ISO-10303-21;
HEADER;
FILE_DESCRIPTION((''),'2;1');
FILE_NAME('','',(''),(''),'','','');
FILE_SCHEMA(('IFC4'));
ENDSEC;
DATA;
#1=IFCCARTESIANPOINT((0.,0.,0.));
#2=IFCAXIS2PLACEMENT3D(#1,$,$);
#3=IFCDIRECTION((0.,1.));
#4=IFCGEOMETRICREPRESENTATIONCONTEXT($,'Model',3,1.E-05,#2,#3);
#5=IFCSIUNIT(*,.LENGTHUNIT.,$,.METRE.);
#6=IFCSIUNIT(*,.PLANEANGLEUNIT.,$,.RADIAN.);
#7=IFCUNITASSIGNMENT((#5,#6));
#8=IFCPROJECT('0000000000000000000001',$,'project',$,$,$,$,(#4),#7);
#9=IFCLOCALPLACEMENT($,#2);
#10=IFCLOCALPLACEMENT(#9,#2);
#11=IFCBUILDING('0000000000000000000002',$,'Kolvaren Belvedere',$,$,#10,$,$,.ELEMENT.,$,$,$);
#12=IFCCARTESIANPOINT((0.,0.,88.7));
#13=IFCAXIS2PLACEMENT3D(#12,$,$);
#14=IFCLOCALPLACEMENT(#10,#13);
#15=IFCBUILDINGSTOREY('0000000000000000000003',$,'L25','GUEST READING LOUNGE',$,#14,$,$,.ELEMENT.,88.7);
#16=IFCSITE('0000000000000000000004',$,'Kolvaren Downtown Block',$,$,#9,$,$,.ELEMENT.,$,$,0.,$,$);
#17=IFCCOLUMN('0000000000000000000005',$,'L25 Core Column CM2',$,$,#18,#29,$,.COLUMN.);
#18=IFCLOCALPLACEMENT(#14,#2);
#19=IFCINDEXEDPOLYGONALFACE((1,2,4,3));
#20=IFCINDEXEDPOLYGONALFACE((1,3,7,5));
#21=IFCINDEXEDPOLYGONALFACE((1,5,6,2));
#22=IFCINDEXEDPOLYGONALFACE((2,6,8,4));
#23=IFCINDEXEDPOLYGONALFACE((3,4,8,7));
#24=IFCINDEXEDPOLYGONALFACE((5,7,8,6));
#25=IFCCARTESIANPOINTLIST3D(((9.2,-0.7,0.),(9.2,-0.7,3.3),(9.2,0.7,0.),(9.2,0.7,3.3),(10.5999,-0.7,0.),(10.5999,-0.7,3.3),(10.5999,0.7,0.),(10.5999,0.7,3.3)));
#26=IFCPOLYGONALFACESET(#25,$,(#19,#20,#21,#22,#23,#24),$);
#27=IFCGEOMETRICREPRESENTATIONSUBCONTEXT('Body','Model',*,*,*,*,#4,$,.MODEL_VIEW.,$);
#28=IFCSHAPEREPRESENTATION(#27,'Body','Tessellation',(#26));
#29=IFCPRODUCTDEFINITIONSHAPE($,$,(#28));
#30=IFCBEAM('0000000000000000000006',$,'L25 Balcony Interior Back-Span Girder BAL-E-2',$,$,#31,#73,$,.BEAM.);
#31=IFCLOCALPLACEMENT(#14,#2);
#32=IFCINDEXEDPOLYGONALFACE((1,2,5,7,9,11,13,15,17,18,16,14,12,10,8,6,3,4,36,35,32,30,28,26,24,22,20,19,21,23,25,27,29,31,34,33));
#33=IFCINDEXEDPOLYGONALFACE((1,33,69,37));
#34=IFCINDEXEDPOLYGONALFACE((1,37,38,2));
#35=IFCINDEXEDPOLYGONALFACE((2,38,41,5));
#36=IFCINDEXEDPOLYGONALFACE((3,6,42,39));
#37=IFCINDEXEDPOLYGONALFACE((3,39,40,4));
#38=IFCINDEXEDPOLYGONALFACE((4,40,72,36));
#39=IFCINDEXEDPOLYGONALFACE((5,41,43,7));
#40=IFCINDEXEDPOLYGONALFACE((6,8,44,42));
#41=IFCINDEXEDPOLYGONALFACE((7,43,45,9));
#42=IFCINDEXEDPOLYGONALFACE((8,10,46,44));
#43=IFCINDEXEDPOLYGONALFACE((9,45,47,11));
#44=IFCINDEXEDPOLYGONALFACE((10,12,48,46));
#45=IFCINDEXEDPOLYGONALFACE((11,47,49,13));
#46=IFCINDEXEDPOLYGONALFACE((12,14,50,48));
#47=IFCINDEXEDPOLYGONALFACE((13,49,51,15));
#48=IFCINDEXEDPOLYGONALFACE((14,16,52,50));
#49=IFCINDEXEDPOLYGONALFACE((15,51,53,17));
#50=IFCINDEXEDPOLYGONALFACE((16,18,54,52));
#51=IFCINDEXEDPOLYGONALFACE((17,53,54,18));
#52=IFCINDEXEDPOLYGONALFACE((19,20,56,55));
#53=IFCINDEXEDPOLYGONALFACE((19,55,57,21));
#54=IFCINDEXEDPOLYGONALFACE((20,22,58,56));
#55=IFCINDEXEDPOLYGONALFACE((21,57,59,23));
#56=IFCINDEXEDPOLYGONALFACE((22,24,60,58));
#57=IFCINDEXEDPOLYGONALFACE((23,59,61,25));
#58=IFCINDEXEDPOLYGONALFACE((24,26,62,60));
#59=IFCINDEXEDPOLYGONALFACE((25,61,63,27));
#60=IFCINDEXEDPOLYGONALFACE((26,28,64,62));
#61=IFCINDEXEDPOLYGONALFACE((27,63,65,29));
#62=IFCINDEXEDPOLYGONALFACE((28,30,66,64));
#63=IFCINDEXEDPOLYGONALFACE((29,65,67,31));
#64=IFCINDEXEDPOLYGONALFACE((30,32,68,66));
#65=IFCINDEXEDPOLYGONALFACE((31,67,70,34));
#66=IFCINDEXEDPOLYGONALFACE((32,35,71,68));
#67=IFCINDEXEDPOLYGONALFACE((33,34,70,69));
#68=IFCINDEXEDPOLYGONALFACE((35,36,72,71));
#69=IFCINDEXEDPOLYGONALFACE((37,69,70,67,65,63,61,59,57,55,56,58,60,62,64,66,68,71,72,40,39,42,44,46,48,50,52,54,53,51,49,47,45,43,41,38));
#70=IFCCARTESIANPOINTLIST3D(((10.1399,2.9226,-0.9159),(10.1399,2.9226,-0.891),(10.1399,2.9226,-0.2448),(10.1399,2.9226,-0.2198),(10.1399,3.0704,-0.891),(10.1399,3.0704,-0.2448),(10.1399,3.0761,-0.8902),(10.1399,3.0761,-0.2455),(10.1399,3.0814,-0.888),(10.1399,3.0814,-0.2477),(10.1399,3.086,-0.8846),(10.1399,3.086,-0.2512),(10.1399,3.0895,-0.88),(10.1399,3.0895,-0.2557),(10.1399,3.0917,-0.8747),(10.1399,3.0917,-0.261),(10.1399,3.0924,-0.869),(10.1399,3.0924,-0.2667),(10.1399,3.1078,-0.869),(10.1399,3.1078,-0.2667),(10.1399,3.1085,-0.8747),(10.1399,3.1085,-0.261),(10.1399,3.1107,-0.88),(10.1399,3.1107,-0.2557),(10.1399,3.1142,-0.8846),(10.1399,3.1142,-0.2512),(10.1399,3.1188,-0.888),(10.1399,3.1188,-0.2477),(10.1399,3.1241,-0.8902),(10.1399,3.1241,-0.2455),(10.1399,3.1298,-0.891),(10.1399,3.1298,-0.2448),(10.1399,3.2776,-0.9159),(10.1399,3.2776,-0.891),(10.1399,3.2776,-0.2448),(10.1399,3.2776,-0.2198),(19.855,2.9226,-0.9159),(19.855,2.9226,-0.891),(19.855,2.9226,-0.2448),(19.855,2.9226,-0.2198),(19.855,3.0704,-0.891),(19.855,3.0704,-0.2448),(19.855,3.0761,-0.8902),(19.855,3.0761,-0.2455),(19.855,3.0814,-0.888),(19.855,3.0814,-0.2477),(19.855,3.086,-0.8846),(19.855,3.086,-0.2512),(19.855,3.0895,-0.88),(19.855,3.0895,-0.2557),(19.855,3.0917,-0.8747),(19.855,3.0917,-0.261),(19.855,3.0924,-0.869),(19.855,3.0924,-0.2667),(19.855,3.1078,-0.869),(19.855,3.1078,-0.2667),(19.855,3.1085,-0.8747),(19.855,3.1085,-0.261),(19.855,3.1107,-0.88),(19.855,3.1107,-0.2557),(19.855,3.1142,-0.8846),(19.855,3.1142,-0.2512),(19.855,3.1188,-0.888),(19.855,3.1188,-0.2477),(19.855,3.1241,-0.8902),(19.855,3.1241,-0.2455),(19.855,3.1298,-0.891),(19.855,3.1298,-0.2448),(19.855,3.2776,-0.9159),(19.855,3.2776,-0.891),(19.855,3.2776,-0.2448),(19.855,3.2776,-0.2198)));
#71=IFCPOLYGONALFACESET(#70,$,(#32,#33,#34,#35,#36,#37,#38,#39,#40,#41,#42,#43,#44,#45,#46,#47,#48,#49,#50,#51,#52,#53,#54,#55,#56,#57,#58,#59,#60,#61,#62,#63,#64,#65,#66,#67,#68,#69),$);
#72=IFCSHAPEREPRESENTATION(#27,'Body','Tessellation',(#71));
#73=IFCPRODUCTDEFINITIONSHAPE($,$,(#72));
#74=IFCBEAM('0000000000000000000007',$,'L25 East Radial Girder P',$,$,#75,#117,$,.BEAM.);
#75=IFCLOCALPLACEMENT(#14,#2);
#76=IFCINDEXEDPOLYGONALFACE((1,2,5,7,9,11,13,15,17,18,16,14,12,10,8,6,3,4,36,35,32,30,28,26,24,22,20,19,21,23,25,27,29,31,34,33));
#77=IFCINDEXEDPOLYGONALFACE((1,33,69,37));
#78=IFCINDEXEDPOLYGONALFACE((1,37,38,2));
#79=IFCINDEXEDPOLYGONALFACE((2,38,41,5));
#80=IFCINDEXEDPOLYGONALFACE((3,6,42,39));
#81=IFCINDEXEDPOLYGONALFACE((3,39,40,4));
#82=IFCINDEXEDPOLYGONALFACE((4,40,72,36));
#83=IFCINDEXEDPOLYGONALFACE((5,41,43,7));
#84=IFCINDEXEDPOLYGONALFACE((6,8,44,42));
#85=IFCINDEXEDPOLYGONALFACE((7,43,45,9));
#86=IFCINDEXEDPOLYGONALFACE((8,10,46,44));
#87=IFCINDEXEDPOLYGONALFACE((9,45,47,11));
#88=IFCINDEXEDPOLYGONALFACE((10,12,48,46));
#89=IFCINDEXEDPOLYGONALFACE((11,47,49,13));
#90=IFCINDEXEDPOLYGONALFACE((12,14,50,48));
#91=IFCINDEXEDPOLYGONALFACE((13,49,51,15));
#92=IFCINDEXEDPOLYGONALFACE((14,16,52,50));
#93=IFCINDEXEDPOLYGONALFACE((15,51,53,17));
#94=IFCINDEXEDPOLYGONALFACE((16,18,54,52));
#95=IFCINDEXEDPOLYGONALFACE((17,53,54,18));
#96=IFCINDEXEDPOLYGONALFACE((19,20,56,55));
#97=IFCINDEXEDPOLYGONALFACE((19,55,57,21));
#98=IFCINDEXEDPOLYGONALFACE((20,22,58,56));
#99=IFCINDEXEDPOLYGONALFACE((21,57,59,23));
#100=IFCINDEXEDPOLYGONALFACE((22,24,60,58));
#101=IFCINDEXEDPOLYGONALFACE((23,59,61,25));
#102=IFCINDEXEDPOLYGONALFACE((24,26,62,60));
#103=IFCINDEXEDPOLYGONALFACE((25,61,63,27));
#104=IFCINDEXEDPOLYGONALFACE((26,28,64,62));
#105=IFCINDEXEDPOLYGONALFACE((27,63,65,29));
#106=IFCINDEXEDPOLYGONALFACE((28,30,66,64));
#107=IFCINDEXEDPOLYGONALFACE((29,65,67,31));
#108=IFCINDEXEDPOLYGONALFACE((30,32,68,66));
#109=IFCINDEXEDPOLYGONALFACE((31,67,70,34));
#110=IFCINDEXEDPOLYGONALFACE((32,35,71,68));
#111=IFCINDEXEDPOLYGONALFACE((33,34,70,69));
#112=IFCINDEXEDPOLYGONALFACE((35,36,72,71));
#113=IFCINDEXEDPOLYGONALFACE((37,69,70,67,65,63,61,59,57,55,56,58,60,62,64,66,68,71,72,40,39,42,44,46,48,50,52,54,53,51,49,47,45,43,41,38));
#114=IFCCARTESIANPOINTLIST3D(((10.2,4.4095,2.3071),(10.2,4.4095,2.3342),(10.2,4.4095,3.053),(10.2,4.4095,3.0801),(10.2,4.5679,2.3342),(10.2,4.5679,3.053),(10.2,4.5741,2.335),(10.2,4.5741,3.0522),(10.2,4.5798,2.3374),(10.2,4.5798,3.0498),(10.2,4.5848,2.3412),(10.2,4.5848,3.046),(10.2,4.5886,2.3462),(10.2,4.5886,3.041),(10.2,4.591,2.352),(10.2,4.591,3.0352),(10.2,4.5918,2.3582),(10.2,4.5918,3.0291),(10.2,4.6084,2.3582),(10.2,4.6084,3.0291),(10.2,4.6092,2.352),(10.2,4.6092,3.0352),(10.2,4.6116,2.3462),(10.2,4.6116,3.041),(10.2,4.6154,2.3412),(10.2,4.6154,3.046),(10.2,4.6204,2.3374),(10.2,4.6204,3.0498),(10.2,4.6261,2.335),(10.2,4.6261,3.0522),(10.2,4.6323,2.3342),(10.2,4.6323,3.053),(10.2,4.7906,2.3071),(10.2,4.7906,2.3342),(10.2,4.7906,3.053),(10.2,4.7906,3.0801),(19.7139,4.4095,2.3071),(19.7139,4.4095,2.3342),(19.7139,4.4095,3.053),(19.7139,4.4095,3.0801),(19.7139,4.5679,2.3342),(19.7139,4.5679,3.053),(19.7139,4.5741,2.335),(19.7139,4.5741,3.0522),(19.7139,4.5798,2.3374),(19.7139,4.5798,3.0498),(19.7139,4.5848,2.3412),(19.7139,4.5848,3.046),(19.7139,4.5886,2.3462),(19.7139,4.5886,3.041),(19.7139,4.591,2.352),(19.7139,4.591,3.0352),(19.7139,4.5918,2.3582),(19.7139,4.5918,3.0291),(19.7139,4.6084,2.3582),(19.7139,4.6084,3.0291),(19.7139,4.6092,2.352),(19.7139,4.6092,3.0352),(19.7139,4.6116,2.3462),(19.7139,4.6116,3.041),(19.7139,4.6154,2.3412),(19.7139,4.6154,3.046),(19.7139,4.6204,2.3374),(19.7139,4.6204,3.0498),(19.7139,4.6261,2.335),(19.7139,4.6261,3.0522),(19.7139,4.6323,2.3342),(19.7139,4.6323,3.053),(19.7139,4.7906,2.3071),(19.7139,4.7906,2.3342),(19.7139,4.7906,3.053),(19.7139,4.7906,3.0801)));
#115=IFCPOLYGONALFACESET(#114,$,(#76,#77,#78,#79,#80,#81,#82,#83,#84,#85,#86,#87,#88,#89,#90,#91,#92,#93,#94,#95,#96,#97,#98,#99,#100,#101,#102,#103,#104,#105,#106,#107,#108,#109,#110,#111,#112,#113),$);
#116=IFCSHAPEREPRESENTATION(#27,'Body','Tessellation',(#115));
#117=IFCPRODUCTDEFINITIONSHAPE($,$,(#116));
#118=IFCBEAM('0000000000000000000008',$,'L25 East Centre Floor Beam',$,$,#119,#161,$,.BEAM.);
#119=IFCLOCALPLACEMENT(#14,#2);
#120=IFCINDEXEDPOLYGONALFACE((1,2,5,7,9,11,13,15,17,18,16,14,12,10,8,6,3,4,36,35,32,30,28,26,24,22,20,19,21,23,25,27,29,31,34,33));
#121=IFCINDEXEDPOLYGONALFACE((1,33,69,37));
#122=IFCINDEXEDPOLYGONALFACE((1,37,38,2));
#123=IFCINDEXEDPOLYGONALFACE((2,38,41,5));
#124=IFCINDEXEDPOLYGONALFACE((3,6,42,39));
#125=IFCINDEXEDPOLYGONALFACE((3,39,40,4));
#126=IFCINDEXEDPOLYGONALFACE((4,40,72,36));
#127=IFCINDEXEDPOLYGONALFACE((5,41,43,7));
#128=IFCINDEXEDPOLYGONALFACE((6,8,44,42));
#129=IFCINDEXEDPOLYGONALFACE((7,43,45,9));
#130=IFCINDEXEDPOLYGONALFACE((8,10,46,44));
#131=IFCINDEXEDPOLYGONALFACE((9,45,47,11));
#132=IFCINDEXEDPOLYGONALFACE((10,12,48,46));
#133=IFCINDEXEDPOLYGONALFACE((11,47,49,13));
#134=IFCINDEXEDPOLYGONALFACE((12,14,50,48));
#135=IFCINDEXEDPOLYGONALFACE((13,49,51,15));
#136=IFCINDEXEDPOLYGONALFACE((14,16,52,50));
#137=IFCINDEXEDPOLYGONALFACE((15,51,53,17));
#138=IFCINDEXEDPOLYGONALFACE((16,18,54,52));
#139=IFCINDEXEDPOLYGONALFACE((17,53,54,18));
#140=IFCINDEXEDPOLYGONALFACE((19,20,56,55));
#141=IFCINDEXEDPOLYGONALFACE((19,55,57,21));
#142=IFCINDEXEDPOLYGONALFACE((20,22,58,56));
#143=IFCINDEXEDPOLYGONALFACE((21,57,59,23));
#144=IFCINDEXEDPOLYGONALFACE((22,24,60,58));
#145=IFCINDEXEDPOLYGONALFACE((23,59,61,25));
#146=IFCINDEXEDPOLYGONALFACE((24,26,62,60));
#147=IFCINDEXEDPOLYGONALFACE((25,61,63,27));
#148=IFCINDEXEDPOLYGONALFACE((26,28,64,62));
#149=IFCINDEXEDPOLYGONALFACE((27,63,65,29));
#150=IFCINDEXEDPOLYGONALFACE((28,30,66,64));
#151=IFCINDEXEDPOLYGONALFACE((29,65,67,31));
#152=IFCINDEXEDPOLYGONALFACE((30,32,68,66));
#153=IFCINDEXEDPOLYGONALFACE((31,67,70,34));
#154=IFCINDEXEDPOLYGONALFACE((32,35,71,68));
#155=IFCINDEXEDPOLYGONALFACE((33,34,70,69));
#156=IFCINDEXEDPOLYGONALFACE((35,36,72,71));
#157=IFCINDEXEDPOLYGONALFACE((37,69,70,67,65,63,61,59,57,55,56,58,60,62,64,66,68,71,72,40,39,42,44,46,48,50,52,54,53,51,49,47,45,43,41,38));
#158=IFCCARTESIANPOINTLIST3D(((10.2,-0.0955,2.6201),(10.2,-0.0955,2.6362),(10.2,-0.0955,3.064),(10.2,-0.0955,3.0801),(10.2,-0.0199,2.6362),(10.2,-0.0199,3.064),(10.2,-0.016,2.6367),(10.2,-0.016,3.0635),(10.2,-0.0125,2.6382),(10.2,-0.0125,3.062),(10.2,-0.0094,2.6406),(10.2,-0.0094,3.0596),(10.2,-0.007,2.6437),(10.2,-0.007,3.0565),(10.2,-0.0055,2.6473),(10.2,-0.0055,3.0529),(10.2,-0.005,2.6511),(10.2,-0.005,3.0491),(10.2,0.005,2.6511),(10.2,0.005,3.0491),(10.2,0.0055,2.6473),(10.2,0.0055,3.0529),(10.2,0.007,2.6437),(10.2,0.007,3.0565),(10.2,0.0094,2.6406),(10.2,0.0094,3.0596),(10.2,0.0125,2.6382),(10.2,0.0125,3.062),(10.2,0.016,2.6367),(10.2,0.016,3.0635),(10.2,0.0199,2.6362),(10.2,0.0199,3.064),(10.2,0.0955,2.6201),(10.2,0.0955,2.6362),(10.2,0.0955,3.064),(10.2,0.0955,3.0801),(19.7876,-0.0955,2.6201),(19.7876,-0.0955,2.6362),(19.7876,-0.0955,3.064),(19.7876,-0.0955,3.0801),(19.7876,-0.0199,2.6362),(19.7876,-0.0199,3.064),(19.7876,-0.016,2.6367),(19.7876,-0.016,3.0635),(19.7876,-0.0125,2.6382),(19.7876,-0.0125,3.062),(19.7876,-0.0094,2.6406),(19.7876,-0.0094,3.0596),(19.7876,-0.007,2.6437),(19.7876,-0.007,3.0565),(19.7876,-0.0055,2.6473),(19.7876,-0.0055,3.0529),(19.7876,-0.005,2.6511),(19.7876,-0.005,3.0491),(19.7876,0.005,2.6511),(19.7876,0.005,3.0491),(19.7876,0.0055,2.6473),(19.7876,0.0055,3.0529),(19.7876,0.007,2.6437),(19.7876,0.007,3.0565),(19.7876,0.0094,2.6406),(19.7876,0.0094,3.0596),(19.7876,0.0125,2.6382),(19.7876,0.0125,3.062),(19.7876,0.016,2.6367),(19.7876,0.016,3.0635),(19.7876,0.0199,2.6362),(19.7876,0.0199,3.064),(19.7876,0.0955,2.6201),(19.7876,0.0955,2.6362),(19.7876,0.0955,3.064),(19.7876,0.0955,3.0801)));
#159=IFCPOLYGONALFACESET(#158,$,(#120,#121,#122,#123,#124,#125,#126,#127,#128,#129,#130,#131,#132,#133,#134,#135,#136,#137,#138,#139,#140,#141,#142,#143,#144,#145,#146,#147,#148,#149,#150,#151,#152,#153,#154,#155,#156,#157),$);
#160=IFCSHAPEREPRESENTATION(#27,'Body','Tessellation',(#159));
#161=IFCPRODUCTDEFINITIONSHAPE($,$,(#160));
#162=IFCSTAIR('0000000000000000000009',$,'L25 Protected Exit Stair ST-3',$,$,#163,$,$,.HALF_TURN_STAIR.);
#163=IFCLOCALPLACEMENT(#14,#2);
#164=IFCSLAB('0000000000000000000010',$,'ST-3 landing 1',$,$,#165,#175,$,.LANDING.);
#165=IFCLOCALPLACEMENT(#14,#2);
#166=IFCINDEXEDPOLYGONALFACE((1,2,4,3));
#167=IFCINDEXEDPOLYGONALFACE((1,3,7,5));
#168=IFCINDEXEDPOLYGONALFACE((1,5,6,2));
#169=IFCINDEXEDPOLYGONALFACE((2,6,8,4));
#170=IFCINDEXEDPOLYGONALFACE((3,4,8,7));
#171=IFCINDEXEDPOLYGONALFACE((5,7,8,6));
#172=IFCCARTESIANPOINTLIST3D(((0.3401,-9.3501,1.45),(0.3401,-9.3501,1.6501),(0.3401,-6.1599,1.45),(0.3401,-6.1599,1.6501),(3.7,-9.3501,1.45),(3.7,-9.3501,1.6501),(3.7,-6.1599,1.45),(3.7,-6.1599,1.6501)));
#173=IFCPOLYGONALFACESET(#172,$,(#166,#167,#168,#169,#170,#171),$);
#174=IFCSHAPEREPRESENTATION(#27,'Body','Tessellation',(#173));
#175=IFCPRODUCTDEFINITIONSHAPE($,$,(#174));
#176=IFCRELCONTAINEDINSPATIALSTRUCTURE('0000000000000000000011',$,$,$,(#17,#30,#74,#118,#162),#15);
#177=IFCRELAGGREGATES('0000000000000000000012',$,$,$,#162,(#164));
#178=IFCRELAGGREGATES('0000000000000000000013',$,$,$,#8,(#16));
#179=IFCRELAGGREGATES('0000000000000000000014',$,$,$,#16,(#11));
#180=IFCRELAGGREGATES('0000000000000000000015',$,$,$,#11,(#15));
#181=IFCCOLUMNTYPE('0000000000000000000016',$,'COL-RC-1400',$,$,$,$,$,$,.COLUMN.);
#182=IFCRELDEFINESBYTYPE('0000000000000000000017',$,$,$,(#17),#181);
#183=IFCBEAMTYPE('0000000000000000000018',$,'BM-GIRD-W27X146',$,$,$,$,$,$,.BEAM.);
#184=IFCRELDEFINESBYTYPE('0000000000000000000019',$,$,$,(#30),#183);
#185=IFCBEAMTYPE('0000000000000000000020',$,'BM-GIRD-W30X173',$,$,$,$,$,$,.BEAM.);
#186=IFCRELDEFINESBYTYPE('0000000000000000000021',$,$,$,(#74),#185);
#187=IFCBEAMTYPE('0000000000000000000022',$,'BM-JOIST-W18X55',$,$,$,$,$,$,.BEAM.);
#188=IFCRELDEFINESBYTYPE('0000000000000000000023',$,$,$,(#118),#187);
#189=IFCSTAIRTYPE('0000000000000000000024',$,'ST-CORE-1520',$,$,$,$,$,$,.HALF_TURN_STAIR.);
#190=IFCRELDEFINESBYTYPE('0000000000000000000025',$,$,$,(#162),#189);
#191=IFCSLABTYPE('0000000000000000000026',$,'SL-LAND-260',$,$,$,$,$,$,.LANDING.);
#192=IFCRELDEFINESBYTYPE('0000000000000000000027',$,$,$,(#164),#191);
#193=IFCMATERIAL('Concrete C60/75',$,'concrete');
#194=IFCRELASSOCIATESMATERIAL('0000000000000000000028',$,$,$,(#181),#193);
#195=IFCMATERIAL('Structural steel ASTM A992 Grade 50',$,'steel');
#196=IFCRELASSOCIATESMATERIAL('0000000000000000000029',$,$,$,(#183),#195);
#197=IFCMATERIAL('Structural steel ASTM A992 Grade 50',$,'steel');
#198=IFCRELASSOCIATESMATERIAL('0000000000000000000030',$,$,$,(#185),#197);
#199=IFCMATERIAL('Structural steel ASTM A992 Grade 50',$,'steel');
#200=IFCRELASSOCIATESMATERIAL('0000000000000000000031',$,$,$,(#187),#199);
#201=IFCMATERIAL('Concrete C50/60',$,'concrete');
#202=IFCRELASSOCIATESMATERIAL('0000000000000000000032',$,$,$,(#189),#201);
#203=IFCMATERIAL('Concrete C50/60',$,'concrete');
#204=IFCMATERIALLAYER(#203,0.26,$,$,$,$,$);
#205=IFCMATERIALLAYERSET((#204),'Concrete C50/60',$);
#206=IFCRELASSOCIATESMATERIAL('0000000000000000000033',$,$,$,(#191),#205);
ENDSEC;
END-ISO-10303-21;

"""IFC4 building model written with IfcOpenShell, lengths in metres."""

from ifc_helpers import new_model, si_unit, direction, frame, origin, origin_2d, place, context, subcontext, project, spatial, polyline, rectangle, i_section, outline, extrude, material, layer, layer_set, material_profile, profile_set, type_object, element, aggregate, save


model = new_model("IFC4")

# Units and contexts
model_context = context("Model", 3, precision=1e-05, world=origin(), true_north=direction((0.0, 1.0)))
body_context = subcontext(model_context, "Body", "Model", "MODEL_VIEW")
ifc_project = project(units=[si_unit("LENGTHUNIT", "METRE"), si_unit("PLANEANGLEUNIT", "RADIAN")], contexts=[model_context])

# Site, building, storey
site_placement = place(None, origin())
site = spatial("IfcSite", under=ifc_project, at=site_placement, Name="Kolvaren Downtown Block", CompositionType="ELEMENT", RefElevation=0.0)
building_placement = place(site_placement, origin())
building = spatial("IfcBuilding", under=site, at=building_placement, Name="Kolvaren Belvedere", CompositionType="ELEMENT")
storey_placement = place(building_placement, frame((0.0, 0.0, 88.7)))
storey = spatial("IfcBuildingStorey", under=building, at=storey_placement, Name="L25", Description="GUEST READING LOUNGE", CompositionType="ELEMENT", Elevation=88.7)

# Column
ifc_material_1 = material(Name="Concrete C60/75", Category="concrete")
ifc_material_profile_1 = material_profile(ifc_material_1, rectangle(XDim=1.3999, YDim=1.3999, at=origin_2d()), Name="RC 1400X1400")
ifc_profile_set_1 = profile_set([ifc_material_profile_1], Name="Concrete C60/75")
column_type = type_object("IfcColumnType", Name="COL-RC-1400", PredefinedType="COLUMN", material=ifc_profile_set_1)
column_placement = place(storey_placement, frame((9.8999, 0.0, 0.0), z_axis=(0.0, 0.0, 1.0), x_axis=(1.0, 0.0, 0.0)))
element("IfcColumn", 1, at=column_placement, inside=storey, type_object=column_type, Name="L25 Core Column CM2", PredefinedType="COLUMN", context=body_context, shape_type="SweptSolid", body=[
    extrude(rectangle(XDim=1.3999, YDim=1.3999, at=origin_2d()), origin(), (0.0, 0.0, 1.0), 3.3),
])

# Beams
ifc_material_2 = material(Name="Structural steel ASTM A992 Grade 50", Category="steel")
ifc_material_profile_2 = material_profile(ifc_material_2, i_section(OverallWidth=0.355, OverallDepth=0.696, WebThickness=0.0154, FlangeThickness=0.0249, FilletRadius=0.022, at=origin_2d()), Name="W27X146")
ifc_profile_set_2 = profile_set([ifc_material_profile_2], Name="Structural steel ASTM A992 Grade 50")
beam_type_1 = type_object("IfcBeamType", Name="BM-GIRD-W27X146", PredefinedType="BEAM", material=ifc_profile_set_2)
beam_1_placement = place(storey_placement, frame((10.1399, 3.1001, -0.5679), z_axis=(1.0, 0.0, 0.0), x_axis=(0.0, 1.0, 0.0)))
element("IfcBeam", 2, at=beam_1_placement, inside=storey, type_object=beam_type_1, Name="L25 Balcony Interior Back-Span Girder BAL-E-2", PredefinedType="BEAM", context=body_context, shape_type="SweptSolid", body=[
    extrude(i_section(OverallWidth=0.355, OverallDepth=0.696, WebThickness=0.0154, FlangeThickness=0.0249, FilletRadius=0.022, at=origin_2d()), origin(), (0.0, 0.0, 1.0), 9.7151),
])
ifc_material_3 = material(Name="Structural steel ASTM A992 Grade 50", Category="steel")
ifc_material_profile_3 = material_profile(ifc_material_3, i_section(OverallWidth=0.3811, OverallDepth=0.7729, WebThickness=0.0166, FlangeThickness=0.0271, FilletRadius=0.0239, at=origin_2d()), Name="W30X173")
ifc_profile_set_3 = profile_set([ifc_material_profile_3], Name="Structural steel ASTM A992 Grade 50")
beam_type_2 = type_object("IfcBeamType", Name="BM-GIRD-W30X173", PredefinedType="BEAM", material=ifc_profile_set_3)
beam_2_placement = place(storey_placement, frame((10.2, 4.6001, 2.6936), z_axis=(1.0, 0.0, 0.0), x_axis=(0.0, 1.0, 0.0)))
element("IfcBeam", 3, at=beam_2_placement, inside=storey, type_object=beam_type_2, Name="L25 East Radial Girder P", PredefinedType="BEAM", context=body_context, shape_type="SweptSolid", body=[
    extrude(i_section(OverallWidth=0.3811, OverallDepth=0.7729, WebThickness=0.0166, FlangeThickness=0.0271, FilletRadius=0.0239, at=origin_2d()), origin(), (0.0, 0.0, 1.0), 9.5139),
])
ifc_material_4 = material(Name="Structural steel ASTM A992 Grade 50", Category="steel")
ifc_material_profile_4 = material_profile(ifc_material_4, i_section(OverallWidth=0.1909, OverallDepth=0.46, WebThickness=0.01, FlangeThickness=0.0161, FilletRadius=0.0149, at=origin_2d()), Name="W18X55")
ifc_profile_set_4 = profile_set([ifc_material_profile_4], Name="Structural steel ASTM A992 Grade 50")
beam_type_3 = type_object("IfcBeamType", Name="BM-JOIST-W18X55", PredefinedType="BEAM", material=ifc_profile_set_4)
beam_3_placement = place(storey_placement, frame((10.2, 0.0, 2.8501), z_axis=(1.0, 0.0, 0.0), x_axis=(0.0, 1.0, 0.0)))
element("IfcBeam", 4, at=beam_3_placement, inside=storey, type_object=beam_type_3, Name="L25 East Centre Floor Beam", PredefinedType="BEAM", context=body_context, shape_type="SweptSolid", body=[
    extrude(i_section(OverallWidth=0.1909, OverallDepth=0.46, WebThickness=0.01, FlangeThickness=0.0161, FilletRadius=0.0149, at=origin_2d()), origin(), (0.0, 0.0, 1.0), 9.5876),
])

# Stair, slab
ifc_material_5 = material(Name="Concrete C50/60", Category="concrete")
stair_type = type_object("IfcStairType", Name="ST-CORE-1520", PredefinedType="HALF_TURN_STAIR", material=ifc_material_5)
stair_1_placement = place(storey_placement, origin())
stair_1 = element("IfcStair", 5, at=stair_1_placement, inside=storey, type_object=stair_type, Name="L25 Protected Exit Stair ST-3", PredefinedType="HALF_TURN_STAIR")
ifc_material_6 = material(Name="Concrete C50/60", Category="concrete")
ifc_layer_1 = layer(ifc_material_6, 0.26)
ifc_layer_set_1 = layer_set([ifc_layer_1], Name="Concrete C50/60")
slab_type = type_object("IfcSlabType", Name="SL-LAND-260", PredefinedType="LANDING", material=ifc_layer_set_1)
slab_placement = place(storey_placement, frame((0.0, 0.0, 1.45)))
slab = element("IfcSlab", 6, at=slab_placement, type_object=slab_type, Name="ST-3 landing 1", PredefinedType="LANDING", context=body_context, shape_type="SweptSolid", body=[
    extrude(outline(polyline([(0.3401, -9.3501), (3.7, -9.3501), (3.7, -6.1599), (0.3401, -6.1599), (0.3401, -9.3501)])), origin(), (0.0, 0.0, 1.0), 0.2002),
])
aggregate(stair_1, [slab])

save(model, "model.ifc")
